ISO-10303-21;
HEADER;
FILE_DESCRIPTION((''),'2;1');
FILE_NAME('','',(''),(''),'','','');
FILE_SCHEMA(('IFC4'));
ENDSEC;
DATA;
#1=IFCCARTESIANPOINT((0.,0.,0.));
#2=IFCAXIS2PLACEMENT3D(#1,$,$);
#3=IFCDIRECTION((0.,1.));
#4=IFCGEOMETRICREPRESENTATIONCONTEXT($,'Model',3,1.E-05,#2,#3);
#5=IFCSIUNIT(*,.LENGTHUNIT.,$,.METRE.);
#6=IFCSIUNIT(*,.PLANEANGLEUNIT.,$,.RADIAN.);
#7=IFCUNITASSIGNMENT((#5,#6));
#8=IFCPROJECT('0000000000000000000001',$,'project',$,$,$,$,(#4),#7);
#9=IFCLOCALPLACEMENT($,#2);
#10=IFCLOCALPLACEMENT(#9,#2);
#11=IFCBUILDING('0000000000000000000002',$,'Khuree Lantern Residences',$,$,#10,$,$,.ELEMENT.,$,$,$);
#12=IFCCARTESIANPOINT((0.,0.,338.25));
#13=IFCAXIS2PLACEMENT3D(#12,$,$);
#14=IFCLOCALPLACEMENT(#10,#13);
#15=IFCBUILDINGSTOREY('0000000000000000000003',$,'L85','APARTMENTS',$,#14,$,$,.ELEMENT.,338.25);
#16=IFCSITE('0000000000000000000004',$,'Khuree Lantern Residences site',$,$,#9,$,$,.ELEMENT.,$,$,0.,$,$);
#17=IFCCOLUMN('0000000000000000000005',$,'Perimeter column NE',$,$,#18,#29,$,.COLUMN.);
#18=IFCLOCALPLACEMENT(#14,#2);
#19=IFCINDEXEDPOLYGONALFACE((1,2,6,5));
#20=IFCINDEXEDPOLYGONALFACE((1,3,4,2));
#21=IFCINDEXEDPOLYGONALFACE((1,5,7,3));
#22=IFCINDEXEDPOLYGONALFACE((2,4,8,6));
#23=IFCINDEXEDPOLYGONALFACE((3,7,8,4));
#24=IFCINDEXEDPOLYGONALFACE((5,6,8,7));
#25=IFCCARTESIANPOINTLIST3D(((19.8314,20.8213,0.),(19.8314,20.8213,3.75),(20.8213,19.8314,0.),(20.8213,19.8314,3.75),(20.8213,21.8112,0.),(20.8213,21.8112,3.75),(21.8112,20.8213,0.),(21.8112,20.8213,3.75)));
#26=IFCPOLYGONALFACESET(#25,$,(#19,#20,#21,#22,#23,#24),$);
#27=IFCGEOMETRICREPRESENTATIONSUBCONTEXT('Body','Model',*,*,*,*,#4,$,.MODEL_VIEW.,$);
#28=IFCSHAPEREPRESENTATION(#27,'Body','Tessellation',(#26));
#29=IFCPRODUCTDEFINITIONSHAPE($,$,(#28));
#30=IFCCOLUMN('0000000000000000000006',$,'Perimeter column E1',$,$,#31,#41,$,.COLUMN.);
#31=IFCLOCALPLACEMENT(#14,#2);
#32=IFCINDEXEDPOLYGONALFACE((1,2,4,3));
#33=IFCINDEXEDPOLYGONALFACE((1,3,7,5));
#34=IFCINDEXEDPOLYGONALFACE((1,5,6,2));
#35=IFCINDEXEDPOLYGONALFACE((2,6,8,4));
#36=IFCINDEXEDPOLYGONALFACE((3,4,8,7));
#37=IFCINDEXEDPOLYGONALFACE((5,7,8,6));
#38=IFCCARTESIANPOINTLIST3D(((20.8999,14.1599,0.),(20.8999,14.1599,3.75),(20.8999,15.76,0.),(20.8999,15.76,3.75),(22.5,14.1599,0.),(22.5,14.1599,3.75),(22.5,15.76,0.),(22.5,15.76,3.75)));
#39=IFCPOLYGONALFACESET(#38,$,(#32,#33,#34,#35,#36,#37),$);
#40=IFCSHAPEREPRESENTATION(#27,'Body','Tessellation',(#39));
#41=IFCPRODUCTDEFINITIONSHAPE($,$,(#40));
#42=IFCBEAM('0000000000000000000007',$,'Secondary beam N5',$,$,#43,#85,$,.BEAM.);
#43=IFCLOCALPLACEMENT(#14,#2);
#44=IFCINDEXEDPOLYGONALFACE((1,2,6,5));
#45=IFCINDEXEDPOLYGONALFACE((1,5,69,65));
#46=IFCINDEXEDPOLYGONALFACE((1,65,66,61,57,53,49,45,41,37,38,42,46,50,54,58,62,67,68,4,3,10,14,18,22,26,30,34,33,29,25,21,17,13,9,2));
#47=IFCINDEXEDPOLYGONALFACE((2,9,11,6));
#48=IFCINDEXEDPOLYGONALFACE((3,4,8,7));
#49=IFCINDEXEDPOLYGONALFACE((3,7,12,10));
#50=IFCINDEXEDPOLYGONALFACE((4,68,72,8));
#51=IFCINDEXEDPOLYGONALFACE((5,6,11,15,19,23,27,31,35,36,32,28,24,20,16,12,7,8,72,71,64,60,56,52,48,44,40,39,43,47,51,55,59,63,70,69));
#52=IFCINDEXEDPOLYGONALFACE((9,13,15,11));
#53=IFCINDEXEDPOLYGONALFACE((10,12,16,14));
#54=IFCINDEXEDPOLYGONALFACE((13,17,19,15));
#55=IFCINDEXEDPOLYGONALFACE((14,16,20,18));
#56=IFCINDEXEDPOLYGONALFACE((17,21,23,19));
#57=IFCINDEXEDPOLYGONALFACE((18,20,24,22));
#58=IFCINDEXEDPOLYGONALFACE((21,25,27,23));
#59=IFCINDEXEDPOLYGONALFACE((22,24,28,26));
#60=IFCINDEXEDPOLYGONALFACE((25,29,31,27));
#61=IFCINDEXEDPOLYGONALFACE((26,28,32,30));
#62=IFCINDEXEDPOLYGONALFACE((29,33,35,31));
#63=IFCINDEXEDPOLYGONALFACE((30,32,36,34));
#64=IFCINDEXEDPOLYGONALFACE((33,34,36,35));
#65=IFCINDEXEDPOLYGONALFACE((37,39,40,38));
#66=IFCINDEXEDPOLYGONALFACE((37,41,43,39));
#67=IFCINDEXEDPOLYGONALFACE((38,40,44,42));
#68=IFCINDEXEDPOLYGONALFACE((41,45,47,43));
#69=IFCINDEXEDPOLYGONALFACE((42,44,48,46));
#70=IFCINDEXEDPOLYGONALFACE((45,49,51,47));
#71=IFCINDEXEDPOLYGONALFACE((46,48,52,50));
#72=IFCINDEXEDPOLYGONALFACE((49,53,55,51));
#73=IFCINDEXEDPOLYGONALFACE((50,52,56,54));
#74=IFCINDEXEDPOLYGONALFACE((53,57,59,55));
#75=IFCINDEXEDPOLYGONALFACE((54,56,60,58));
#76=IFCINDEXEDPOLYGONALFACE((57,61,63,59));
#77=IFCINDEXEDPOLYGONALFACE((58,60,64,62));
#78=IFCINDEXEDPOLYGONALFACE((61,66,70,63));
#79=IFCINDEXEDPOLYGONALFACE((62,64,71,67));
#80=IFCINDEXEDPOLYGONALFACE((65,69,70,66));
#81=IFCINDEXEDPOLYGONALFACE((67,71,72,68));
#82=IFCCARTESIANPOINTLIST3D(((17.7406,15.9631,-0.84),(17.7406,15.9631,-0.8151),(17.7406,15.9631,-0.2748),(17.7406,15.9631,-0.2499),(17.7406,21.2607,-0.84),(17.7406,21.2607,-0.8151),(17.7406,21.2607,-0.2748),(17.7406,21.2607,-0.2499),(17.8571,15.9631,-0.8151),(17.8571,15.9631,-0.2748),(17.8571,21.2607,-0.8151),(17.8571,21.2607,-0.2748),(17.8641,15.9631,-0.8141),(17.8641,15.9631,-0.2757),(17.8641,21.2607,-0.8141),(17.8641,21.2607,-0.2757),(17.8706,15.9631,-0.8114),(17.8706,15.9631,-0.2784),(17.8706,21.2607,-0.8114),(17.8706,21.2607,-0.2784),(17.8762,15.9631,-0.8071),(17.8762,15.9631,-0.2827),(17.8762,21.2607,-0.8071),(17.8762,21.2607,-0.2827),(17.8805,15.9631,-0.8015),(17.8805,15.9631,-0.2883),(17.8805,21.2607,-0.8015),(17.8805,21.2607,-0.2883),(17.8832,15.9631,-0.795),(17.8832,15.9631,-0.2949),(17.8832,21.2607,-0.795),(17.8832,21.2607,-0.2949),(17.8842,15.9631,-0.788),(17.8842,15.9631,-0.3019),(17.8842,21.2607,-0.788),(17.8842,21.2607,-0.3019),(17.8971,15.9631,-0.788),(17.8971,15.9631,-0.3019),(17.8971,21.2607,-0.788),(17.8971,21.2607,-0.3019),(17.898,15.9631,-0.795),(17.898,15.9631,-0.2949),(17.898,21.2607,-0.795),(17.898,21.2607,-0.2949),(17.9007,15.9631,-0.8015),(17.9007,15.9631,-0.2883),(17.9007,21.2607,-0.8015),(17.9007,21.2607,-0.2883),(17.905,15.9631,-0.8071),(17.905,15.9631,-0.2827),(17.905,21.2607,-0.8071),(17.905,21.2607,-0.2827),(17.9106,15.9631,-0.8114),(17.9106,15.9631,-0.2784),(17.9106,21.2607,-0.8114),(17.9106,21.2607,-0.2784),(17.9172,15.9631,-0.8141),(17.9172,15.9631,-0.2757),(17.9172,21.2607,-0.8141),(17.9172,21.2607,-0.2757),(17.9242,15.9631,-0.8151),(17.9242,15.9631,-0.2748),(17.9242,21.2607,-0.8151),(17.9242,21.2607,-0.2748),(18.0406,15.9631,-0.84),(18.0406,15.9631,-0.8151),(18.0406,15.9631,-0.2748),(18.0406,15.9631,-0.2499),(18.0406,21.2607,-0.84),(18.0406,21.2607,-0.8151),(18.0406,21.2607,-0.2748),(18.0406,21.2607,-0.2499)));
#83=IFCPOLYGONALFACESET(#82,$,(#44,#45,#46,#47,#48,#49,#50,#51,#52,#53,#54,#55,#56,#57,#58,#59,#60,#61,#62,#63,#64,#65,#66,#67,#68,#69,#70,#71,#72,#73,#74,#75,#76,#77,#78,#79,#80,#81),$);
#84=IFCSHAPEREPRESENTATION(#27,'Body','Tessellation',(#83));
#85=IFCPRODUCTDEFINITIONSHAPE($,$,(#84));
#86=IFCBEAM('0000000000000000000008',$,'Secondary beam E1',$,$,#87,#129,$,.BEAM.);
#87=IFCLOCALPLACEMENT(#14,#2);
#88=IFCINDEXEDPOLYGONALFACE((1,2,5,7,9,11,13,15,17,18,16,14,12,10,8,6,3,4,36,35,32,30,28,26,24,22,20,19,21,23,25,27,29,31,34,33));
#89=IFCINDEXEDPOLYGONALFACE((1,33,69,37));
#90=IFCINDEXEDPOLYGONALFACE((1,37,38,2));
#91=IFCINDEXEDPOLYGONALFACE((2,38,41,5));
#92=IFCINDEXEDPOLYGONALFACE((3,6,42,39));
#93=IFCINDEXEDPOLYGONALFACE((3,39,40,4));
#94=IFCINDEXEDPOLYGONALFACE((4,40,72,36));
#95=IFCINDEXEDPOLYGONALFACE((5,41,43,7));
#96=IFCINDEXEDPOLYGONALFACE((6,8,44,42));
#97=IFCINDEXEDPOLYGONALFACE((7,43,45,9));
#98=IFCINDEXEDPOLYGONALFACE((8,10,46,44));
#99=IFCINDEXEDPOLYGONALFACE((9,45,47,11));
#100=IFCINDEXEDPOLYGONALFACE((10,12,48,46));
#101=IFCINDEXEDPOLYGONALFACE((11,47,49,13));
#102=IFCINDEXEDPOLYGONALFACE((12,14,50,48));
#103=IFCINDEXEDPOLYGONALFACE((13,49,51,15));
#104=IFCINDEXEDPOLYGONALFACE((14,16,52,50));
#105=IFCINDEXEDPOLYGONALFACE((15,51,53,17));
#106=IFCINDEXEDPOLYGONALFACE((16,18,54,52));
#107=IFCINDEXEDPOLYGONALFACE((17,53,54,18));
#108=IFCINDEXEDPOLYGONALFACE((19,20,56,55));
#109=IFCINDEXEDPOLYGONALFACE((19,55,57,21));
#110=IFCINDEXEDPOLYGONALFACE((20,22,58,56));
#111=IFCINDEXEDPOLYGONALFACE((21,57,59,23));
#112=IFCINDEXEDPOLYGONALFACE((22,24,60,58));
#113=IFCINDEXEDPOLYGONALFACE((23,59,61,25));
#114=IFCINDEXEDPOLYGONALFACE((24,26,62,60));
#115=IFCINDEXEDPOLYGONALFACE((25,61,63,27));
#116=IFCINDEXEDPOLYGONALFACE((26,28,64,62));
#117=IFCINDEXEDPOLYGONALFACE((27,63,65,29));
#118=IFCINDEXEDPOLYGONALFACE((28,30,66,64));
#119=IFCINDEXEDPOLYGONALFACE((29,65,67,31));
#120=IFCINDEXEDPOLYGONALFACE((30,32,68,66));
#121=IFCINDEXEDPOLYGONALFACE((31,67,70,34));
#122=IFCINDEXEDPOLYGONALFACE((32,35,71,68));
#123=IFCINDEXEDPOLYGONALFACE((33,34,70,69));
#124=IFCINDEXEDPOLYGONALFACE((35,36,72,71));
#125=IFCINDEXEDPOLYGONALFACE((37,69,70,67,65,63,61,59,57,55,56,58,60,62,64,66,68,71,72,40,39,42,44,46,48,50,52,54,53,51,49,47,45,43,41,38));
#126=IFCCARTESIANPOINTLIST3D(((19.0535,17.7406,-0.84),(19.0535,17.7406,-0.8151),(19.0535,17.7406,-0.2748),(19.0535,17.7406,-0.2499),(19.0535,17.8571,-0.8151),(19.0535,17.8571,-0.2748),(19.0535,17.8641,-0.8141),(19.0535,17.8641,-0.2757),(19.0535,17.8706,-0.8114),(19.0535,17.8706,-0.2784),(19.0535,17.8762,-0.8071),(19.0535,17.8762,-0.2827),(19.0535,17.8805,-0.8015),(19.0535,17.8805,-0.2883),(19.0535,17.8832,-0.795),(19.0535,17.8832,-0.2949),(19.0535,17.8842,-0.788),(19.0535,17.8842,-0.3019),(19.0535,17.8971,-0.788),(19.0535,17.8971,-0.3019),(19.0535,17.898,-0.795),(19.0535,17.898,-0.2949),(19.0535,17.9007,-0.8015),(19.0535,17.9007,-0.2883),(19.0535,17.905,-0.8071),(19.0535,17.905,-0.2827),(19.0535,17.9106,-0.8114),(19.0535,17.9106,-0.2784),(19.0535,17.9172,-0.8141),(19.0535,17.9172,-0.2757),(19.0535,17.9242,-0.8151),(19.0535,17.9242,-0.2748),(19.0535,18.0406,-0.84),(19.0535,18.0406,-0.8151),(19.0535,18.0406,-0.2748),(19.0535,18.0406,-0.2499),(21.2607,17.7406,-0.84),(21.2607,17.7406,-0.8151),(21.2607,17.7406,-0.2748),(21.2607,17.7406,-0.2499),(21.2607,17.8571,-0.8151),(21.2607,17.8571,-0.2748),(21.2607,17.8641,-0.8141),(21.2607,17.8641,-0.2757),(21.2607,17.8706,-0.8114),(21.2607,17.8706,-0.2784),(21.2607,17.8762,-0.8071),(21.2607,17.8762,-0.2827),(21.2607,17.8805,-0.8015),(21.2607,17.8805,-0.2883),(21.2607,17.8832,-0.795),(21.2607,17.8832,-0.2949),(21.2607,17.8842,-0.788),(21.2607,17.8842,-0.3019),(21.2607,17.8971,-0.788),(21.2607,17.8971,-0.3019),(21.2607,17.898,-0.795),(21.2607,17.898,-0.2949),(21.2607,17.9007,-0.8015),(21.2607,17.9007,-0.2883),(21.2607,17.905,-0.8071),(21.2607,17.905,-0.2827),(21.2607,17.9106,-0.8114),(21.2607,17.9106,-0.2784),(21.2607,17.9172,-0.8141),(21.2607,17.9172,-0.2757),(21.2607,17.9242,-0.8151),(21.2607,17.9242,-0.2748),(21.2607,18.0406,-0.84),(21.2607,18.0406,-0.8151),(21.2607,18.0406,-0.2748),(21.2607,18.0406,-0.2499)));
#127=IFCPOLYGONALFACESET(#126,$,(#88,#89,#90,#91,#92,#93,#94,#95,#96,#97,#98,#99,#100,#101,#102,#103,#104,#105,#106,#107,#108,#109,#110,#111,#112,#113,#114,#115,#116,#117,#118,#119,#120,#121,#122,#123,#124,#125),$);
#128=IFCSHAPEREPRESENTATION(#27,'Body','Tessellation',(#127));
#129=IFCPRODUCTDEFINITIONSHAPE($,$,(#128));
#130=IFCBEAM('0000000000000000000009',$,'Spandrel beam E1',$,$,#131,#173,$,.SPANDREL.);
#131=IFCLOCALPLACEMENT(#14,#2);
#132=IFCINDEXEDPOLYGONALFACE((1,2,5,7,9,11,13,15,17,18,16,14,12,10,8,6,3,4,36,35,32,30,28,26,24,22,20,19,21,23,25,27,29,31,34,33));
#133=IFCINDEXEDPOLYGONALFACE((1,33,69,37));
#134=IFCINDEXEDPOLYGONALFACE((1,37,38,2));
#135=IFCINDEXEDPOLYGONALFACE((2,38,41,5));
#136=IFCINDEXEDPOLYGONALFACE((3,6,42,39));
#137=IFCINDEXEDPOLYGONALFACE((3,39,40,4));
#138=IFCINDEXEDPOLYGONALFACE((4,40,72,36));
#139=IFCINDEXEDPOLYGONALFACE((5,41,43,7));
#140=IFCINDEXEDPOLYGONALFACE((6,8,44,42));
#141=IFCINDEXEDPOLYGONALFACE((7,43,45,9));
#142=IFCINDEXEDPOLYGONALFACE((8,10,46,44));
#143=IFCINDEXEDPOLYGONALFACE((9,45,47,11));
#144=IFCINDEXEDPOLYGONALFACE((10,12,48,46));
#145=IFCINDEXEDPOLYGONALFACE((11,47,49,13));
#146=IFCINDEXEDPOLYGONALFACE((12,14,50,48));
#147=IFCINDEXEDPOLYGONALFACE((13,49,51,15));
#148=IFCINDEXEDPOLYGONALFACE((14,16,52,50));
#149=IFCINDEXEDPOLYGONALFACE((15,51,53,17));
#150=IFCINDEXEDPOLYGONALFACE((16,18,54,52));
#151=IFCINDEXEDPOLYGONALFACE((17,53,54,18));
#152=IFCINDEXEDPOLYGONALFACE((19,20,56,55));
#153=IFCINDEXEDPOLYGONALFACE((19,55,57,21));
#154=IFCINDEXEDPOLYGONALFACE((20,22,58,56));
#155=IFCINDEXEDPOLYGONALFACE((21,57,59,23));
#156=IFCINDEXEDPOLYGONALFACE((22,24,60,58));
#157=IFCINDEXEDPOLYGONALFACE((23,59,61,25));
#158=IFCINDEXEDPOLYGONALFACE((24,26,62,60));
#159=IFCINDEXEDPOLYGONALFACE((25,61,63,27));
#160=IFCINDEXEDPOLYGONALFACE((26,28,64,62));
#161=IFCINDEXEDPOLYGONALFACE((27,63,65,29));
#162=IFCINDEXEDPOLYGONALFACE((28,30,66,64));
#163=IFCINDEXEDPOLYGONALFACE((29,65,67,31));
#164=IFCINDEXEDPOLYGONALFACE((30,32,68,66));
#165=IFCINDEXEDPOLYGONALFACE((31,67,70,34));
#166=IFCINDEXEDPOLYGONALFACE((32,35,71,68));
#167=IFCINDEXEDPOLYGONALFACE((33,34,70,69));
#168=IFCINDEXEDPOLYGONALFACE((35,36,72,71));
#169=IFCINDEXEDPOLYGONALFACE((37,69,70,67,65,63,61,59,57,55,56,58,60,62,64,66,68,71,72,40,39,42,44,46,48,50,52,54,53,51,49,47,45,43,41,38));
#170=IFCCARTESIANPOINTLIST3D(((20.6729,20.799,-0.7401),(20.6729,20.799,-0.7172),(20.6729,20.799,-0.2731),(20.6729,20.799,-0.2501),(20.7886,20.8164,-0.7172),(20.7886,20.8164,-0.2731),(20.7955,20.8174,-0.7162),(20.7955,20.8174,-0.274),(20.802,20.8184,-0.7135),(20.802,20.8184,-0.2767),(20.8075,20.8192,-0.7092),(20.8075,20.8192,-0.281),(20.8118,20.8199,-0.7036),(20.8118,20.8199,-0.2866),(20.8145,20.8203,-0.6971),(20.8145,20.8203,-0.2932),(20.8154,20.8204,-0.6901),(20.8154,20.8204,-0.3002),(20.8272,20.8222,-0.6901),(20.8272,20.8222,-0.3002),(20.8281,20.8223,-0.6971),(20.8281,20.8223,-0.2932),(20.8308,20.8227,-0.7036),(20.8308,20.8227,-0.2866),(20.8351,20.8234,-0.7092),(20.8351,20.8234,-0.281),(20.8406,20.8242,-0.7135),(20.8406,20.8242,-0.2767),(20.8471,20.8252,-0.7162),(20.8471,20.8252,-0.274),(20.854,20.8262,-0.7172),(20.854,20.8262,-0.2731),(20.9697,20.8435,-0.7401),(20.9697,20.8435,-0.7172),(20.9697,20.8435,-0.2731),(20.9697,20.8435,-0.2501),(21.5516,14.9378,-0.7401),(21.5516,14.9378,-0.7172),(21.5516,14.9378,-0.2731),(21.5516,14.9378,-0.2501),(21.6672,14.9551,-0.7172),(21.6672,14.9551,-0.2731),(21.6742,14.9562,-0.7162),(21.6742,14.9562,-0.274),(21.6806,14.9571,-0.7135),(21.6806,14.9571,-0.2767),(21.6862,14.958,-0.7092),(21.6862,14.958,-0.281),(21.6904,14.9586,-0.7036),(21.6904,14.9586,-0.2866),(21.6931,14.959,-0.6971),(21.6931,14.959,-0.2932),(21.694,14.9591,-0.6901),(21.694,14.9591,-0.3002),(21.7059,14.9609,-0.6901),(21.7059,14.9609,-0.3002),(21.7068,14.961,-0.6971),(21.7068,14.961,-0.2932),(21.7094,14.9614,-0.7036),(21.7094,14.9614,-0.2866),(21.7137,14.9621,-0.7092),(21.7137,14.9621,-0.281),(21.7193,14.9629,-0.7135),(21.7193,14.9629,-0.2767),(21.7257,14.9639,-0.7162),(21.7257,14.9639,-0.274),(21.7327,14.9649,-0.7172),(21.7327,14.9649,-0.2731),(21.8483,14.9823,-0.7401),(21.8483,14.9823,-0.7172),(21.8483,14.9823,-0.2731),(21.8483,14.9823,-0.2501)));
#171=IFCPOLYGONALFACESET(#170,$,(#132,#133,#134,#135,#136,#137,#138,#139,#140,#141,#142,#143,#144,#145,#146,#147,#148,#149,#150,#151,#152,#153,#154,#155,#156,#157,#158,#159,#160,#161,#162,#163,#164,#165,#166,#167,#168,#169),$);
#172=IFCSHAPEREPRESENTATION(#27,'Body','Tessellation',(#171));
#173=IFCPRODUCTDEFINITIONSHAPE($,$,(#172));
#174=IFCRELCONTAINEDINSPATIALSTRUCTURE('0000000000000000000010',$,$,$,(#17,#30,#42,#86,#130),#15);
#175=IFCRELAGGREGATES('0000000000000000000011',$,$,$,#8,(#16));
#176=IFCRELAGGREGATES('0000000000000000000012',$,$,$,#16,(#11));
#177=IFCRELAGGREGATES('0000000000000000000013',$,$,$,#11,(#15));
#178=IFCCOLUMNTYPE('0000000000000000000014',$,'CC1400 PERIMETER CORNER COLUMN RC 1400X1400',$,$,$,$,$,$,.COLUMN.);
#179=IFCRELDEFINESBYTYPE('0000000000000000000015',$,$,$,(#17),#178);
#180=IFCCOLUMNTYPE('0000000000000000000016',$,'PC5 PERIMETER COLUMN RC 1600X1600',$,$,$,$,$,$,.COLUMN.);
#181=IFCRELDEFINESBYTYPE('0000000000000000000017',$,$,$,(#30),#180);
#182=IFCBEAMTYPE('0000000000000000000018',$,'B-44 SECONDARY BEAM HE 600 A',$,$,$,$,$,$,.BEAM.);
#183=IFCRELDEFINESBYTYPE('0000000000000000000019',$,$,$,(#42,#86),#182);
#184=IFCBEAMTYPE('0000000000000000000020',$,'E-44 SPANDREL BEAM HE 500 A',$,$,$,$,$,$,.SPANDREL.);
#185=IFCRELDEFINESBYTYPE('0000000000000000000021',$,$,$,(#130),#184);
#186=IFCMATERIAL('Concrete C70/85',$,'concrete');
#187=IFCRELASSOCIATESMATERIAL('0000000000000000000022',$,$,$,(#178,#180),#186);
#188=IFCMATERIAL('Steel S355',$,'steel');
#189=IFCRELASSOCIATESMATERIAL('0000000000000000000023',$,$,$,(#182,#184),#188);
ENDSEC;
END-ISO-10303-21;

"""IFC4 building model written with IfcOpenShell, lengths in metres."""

from ifc_helpers import new_model, si_unit, direction, frame, origin, origin_2d, place, context, subcontext, project, spatial, rectangle, i_section, extrude, material, material_profile, profile_set, type_object, element, save


model = new_model("IFC4")

# Units and contexts
model_context = context("Model", 3, precision=1e-05, world=origin(), true_north=direction((0.0, 1.0)))
body_context = subcontext(model_context, "Body", "Model", "MODEL_VIEW")
ifc_project = project(units=[si_unit("LENGTHUNIT", "METRE"), si_unit("PLANEANGLEUNIT", "RADIAN")], contexts=[model_context])

# Site, building, storey
site_placement = place(None, origin())
site = spatial("IfcSite", under=ifc_project, at=site_placement, Name="Khuree Lantern Residences site", CompositionType="ELEMENT", RefElevation=0.0)
building_placement = place(site_placement, origin())
building = spatial("IfcBuilding", under=site, at=building_placement, Name="Khuree Lantern Residences", CompositionType="ELEMENT")
storey_placement = place(building_placement, frame((0.0, 0.0, 338.25)))
storey = spatial("IfcBuildingStorey", under=building, at=storey_placement, Name="L85", Description="APARTMENTS", CompositionType="ELEMENT", Elevation=338.25)

# Columns
ifc_material_1 = material(Name="Concrete C70/85", Category="concrete")
ifc_material_profile_1 = material_profile(ifc_material_1, rectangle(XDim=1.3999, YDim=1.3999, at=origin_2d()), Name="RC 1400X1400")
ifc_profile_set_1 = profile_set([ifc_material_profile_1], Name="Concrete C70/85")
column_type_1 = type_object("IfcColumnType", Name="CC1400 PERIMETER CORNER COLUMN RC 1400X1400", PredefinedType="COLUMN", material=ifc_profile_set_1)
column_1_placement = place(storey_placement, frame((20.8213, 20.8213, 0.0), z_axis=(0.0, 0.0, 1.0), x_axis=(0.707107, -0.707107, 0.0)))
element("IfcColumn", 1, at=column_1_placement, inside=storey, type_object=column_type_1, Name="Perimeter column NE", PredefinedType="COLUMN", context=body_context, shape_type="SweptSolid", body=[
    extrude(rectangle(XDim=1.3999, YDim=1.3999, at=origin_2d()), origin(), (0.0, 0.0, 1.0), 3.75),
])
ifc_material_profile_2 = material_profile(ifc_material_1, rectangle(XDim=1.6001, YDim=1.6001, at=origin_2d()), Name="RC 1600X1600")
ifc_profile_set_2 = profile_set([ifc_material_profile_2], Name="Concrete C70/85")
column_type_2 = type_object("IfcColumnType", Name="PC5 PERIMETER COLUMN RC 1600X1600", PredefinedType="COLUMN", material=ifc_profile_set_2)
column_2_placement = place(storey_placement, frame((21.7, 14.96, 0.0), z_axis=(0.0, 0.0, 1.0), x_axis=(0.0, 1.0, 0.0)))
element("IfcColumn", 2, at=column_2_placement, inside=storey, type_object=column_type_2, Name="Perimeter column E1", PredefinedType="COLUMN", context=body_context, shape_type="SweptSolid", body=[
    extrude(rectangle(XDim=1.6001, YDim=1.6001, at=origin_2d()), origin(), (0.0, 0.0, 1.0), 3.75),
])

# Beams
ifc_material_2 = material(Name="Steel S355", Category="steel")
ifc_material_profile_3 = material_profile(ifc_material_2, i_section(OverallWidth=0.3, OverallDepth=0.5901, WebThickness=0.0129, FlangeThickness=0.0249, FilletRadius=0.0271, at=origin_2d()), Name="HE 600 A")
ifc_profile_set_3 = profile_set([ifc_material_profile_3], Name="Steel S355")
beam_type_1 = type_object("IfcBeamType", Name="B-44 SECONDARY BEAM HE 600 A", PredefinedType="BEAM", material=ifc_profile_set_3)
beam_1_placement = place(storey_placement, frame((17.8906, 21.2607, -0.5449), z_axis=(0.0, -1.0, 0.0), x_axis=(1.0, 0.0, 0.0)))
element("IfcBeam", 3, at=beam_1_placement, inside=storey, type_object=beam_type_1, Name="Secondary beam N5", PredefinedType="BEAM", context=body_context, shape_type="SweptSolid", body=[
    extrude(i_section(OverallWidth=0.3, OverallDepth=0.5901, WebThickness=0.0129, FlangeThickness=0.0249, FilletRadius=0.0271, at=origin_2d()), origin(), (0.0, 0.0, 1.0), 5.2976),
])
beam_2_placement = place(storey_placement, frame((21.2607, 17.8906, -0.5449), z_axis=(-1.0, 0.0, 0.0), x_axis=(0.0, -1.0, 0.0)))
element("IfcBeam", 4, at=beam_2_placement, inside=storey, type_object=beam_type_1, Name="Secondary beam E1", PredefinedType="BEAM", context=body_context, shape_type="SweptSolid", body=[
    extrude(i_section(OverallWidth=0.3, OverallDepth=0.5901, WebThickness=0.0129, FlangeThickness=0.0249, FilletRadius=0.0271, at=origin_2d()), origin(), (0.0, 0.0, 1.0), 2.2073),
])
ifc_material_profile_4 = material_profile(ifc_material_2, i_section(OverallWidth=0.3, OverallDepth=0.49, WebThickness=0.012, FlangeThickness=0.0229, FilletRadius=0.0271, at=origin_2d()), Name="HE 500 A")
ifc_profile_set_4 = profile_set([ifc_material_profile_4], Name="Steel S355")
beam_type_2 = type_object("IfcBeamType", Name="E-44 SPANDREL BEAM HE 500 A", PredefinedType="SPANDREL", material=ifc_profile_set_4)
beam_3_placement = place(storey_placement, frame((20.8213, 20.8213, -0.4951), z_axis=(0.148252, -0.98895, 0.0), x_axis=(0.98895, 0.148252, 0.0)))
element("IfcBeam", 5, at=beam_3_placement, inside=storey, type_object=beam_type_2, Name="Spandrel beam E1", PredefinedType="SPANDREL", context=body_context, shape_type="SweptSolid", body=[
    extrude(i_section(OverallWidth=0.3, OverallDepth=0.49, WebThickness=0.012, FlangeThickness=0.0229, FilletRadius=0.0271, at=origin_2d()), origin(), (0.0, 0.0, 1.0), 5.9268),
])

save(model, "model.ifc")
